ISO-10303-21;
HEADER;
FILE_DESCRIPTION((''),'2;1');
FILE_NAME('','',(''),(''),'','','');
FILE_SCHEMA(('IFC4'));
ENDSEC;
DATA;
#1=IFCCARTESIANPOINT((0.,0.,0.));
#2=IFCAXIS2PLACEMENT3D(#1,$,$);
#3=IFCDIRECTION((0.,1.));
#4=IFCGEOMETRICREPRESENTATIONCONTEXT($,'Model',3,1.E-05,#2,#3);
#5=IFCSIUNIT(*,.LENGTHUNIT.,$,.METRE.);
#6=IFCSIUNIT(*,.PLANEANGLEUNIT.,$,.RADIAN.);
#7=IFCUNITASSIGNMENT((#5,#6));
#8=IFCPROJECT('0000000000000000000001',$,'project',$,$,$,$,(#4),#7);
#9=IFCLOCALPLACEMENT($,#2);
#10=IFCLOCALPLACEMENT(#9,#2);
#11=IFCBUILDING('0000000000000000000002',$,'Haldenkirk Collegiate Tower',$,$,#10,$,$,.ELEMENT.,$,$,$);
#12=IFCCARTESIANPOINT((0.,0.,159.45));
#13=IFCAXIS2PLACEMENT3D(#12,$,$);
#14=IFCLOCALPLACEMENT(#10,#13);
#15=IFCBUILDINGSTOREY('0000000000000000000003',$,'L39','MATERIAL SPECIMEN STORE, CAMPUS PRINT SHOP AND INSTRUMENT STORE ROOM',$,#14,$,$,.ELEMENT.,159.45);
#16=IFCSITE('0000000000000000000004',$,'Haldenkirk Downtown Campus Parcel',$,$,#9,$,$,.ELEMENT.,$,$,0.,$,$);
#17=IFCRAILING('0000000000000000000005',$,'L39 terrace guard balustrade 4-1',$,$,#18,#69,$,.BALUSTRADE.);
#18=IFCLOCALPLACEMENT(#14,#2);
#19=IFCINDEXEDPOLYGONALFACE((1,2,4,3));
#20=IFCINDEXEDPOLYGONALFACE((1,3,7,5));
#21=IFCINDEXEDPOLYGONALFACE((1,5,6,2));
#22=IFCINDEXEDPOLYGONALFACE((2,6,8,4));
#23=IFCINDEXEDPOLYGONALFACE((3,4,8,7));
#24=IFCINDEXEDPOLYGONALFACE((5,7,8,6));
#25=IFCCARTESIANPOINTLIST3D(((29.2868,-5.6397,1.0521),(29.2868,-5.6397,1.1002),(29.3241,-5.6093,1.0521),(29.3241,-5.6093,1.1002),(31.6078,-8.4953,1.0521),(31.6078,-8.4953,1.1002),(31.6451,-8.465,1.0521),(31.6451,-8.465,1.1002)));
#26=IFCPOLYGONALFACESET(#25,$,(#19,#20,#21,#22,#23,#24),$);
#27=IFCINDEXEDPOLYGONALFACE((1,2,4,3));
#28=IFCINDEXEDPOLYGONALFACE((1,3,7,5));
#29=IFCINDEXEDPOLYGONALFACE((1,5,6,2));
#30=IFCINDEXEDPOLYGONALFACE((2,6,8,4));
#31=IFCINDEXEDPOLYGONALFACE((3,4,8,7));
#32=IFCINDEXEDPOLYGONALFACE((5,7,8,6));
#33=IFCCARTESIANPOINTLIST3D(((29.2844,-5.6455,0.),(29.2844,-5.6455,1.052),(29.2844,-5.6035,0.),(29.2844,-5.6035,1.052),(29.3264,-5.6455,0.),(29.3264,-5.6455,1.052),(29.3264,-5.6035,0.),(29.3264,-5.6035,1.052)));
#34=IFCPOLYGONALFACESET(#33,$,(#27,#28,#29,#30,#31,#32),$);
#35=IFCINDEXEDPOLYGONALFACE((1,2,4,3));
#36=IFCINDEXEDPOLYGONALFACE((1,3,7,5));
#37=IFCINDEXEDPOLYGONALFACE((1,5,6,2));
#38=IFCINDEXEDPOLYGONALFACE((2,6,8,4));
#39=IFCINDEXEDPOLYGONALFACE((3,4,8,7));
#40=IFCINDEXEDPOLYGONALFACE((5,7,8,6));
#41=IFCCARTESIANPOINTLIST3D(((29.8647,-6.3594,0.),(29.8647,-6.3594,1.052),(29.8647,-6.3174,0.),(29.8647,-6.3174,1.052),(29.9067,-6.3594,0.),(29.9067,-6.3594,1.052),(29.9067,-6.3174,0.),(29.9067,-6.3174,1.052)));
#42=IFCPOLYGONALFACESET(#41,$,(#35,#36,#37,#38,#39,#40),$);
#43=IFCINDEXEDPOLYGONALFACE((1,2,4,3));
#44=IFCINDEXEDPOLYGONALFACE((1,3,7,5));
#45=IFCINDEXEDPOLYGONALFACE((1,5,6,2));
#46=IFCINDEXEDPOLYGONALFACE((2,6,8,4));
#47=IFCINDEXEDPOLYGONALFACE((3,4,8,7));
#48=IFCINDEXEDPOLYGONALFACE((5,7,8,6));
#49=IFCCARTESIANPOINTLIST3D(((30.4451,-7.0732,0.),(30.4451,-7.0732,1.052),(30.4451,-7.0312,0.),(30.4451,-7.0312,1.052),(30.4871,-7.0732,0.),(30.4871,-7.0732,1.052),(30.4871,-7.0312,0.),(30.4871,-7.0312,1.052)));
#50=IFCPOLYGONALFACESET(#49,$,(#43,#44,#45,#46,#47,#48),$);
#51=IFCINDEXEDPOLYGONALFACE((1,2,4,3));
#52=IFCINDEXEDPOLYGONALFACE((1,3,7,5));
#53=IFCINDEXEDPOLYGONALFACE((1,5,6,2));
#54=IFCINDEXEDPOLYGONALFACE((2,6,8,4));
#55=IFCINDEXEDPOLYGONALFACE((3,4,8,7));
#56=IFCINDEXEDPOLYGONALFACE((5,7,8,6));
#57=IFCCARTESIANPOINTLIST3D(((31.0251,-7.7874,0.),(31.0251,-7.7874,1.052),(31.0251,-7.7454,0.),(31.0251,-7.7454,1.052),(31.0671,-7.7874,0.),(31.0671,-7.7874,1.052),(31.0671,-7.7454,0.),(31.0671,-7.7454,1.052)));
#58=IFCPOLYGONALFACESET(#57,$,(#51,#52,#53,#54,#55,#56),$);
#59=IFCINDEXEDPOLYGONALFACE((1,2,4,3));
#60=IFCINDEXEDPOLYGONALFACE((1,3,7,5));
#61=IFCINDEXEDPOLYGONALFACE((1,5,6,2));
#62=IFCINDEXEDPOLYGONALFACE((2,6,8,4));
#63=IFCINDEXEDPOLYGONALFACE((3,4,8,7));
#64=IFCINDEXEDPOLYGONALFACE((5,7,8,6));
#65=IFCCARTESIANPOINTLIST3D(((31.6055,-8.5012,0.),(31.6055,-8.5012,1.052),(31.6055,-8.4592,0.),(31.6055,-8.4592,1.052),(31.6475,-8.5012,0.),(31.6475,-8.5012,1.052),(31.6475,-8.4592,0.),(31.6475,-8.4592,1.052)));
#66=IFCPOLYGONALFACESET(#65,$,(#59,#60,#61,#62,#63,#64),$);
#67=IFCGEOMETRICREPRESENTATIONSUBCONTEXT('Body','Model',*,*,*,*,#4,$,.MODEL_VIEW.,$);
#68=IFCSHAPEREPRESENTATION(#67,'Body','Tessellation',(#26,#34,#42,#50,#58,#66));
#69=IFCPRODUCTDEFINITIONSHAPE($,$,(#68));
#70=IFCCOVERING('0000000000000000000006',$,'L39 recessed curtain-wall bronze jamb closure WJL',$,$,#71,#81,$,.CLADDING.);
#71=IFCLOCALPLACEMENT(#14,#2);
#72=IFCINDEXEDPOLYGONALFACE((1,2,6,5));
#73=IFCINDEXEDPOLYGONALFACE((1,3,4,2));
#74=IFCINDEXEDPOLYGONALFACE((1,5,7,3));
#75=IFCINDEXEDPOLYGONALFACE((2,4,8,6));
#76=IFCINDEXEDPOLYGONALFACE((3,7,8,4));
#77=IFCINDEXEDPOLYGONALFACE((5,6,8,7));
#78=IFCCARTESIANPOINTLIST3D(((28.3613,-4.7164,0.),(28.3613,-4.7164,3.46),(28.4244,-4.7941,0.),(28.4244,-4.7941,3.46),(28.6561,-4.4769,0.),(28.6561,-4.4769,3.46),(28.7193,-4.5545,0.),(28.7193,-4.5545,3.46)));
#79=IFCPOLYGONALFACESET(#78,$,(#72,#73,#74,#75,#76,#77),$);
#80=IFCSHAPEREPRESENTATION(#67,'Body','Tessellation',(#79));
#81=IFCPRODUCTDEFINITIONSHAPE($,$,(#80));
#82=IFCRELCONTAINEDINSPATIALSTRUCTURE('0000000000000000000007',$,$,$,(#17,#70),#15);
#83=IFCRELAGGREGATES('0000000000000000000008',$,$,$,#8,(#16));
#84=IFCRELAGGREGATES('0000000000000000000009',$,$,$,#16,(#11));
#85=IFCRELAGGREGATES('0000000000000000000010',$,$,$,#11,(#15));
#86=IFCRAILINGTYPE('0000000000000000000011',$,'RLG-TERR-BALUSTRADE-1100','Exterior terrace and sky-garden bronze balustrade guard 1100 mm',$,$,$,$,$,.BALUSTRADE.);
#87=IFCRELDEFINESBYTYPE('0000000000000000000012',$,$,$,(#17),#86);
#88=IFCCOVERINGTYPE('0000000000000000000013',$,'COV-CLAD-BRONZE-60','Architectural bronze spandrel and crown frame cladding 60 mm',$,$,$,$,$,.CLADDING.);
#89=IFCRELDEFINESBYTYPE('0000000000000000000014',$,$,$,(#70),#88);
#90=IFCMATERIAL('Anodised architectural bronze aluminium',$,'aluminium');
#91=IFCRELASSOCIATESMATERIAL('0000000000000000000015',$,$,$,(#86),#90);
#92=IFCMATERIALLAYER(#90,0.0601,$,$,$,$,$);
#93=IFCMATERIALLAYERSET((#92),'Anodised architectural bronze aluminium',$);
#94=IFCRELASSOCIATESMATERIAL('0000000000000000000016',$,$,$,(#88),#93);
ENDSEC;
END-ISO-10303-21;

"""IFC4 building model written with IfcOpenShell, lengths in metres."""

from ifc_helpers import new_model, si_unit, direction, frame, origin, origin_2d, place, context, subcontext, project, spatial, rectangle, extrude, source, transform, mapped, material, layer, layer_set, type_object, element, save


model = new_model("IFC4")

# Units and contexts
model_context = context("Model", 3, precision=1e-05, world=origin(), true_north=direction((0.0, 1.0)))
body_context = subcontext(model_context, "Body", "Model", "MODEL_VIEW")
ifc_project = project(units=[si_unit("LENGTHUNIT", "METRE"), si_unit("PLANEANGLEUNIT", "RADIAN")], contexts=[model_context])

# Site, building, storey
site_placement = place(None, origin())
site = spatial("IfcSite", under=ifc_project, at=site_placement, Name="Haldenkirk Downtown Campus Parcel", CompositionType="ELEMENT", RefElevation=0.0)
building_placement = place(site_placement, origin())
building = spatial("IfcBuilding", under=site, at=building_placement, Name="Haldenkirk Collegiate Tower", CompositionType="ELEMENT")
storey_placement = place(building_placement, frame((0.0, 0.0, 159.45)))
storey = spatial("IfcBuildingStorey", under=building, at=storey_placement, Name="L39", Description="MATERIAL SPECIMEN STORE, CAMPUS PRINT SHOP AND INSTRUMENT STORE ROOM", CompositionType="ELEMENT", Elevation=159.45)

# Shared definitions
ifc_material_1 = material(Name="Anodised architectural bronze aluminium", Category="aluminium")

# Railing
railing_type = type_object("IfcRailingType", Name="RLG-TERR-BALUSTRADE-1100", Description="Exterior terrace and sky-garden bronze balustrade guard 1100 mm", PredefinedType="BALUSTRADE", material=ifc_material_1)
railing_1_placement = place(storey_placement, frame((29.3054, -5.6245, 0.0)))
element("IfcRailing", 1, at=railing_1_placement, inside=storey, type_object=railing_type, Name="L39 terrace guard balustrade 4-1", PredefinedType="BALUSTRADE", context=body_context, shape_type="SweptSolid", body=[
    extrude(rectangle(XDim=0.0481, YDim=0.0481, at=origin_2d()), frame((0.0, 0.0, 1.0762), z_axis=(0.63072, -0.77601, 0.0), x_axis=(0.77601, 0.63072, 0.0)), (0.0, 0.0, 1.0), 3.6799),
    extrude(rectangle(XDim=0.042, YDim=0.042, at=origin_2d()), origin(), (0.0, 0.0, 1.0), 1.052),
    extrude(rectangle(XDim=0.042, YDim=0.042, at=origin_2d()), frame((0.5803, -0.7139, 0.0)), (0.0, 0.0, 1.0), 1.052),
    extrude(rectangle(XDim=0.042, YDim=0.042, at=origin_2d()), frame((1.1606, -1.4277, 0.0)), (0.0, 0.0, 1.0), 1.052),
    extrude(rectangle(XDim=0.042, YDim=0.042, at=origin_2d()), frame((1.7407, -2.1418, 0.0)), (0.0, 0.0, 1.0), 1.052),
    extrude(rectangle(XDim=0.042, YDim=0.042, at=origin_2d()), frame((2.321, -2.8557, 0.0)), (0.0, 0.0, 1.0), 1.052),
])

# Covering
ifc_layer_1 = layer(ifc_material_1, 0.0601)
ifc_layer_set_1 = layer_set([ifc_layer_1], Name="Anodised architectural bronze aluminium")
covering_type = type_object("IfcCoveringType", Name="COV-CLAD-BRONZE-60", Description="Architectural bronze spandrel and crown frame cladding 60 mm", PredefinedType="CLADDING", material=ifc_layer_set_1)
shared_shape_1 = source(origin(), body_context, "Body", "SweptSolid", [
    extrude(rectangle(XDim=0.1001, YDim=0.3799, at=origin_2d()), origin(), (0.0, 0.0, 1.0), 3.46),
])
covering_placement = place(storey_placement, frame((28.5403, -4.6355, 0.0), z_axis=(0.0, 0.0, 1.0), x_axis=(-0.630676, 0.776046, 0.0)))
element("IfcCovering", 2, at=covering_placement, inside=storey, type_object=covering_type, Name="L39 recessed curtain-wall bronze jamb closure WJL", PredefinedType="CLADDING", context=body_context, shape_type="MappedRepresentation", body=[
    mapped(shared_shape_1, transform((0.0, 0.0, 0.0), x_axis=(1.0, 0.0, 0.0), y_axis=(0.0, 1.0, 0.0), z_axis=(0.0, 0.0, 1.0), scale=1.0)),
])

save(model, "model.ifc")
